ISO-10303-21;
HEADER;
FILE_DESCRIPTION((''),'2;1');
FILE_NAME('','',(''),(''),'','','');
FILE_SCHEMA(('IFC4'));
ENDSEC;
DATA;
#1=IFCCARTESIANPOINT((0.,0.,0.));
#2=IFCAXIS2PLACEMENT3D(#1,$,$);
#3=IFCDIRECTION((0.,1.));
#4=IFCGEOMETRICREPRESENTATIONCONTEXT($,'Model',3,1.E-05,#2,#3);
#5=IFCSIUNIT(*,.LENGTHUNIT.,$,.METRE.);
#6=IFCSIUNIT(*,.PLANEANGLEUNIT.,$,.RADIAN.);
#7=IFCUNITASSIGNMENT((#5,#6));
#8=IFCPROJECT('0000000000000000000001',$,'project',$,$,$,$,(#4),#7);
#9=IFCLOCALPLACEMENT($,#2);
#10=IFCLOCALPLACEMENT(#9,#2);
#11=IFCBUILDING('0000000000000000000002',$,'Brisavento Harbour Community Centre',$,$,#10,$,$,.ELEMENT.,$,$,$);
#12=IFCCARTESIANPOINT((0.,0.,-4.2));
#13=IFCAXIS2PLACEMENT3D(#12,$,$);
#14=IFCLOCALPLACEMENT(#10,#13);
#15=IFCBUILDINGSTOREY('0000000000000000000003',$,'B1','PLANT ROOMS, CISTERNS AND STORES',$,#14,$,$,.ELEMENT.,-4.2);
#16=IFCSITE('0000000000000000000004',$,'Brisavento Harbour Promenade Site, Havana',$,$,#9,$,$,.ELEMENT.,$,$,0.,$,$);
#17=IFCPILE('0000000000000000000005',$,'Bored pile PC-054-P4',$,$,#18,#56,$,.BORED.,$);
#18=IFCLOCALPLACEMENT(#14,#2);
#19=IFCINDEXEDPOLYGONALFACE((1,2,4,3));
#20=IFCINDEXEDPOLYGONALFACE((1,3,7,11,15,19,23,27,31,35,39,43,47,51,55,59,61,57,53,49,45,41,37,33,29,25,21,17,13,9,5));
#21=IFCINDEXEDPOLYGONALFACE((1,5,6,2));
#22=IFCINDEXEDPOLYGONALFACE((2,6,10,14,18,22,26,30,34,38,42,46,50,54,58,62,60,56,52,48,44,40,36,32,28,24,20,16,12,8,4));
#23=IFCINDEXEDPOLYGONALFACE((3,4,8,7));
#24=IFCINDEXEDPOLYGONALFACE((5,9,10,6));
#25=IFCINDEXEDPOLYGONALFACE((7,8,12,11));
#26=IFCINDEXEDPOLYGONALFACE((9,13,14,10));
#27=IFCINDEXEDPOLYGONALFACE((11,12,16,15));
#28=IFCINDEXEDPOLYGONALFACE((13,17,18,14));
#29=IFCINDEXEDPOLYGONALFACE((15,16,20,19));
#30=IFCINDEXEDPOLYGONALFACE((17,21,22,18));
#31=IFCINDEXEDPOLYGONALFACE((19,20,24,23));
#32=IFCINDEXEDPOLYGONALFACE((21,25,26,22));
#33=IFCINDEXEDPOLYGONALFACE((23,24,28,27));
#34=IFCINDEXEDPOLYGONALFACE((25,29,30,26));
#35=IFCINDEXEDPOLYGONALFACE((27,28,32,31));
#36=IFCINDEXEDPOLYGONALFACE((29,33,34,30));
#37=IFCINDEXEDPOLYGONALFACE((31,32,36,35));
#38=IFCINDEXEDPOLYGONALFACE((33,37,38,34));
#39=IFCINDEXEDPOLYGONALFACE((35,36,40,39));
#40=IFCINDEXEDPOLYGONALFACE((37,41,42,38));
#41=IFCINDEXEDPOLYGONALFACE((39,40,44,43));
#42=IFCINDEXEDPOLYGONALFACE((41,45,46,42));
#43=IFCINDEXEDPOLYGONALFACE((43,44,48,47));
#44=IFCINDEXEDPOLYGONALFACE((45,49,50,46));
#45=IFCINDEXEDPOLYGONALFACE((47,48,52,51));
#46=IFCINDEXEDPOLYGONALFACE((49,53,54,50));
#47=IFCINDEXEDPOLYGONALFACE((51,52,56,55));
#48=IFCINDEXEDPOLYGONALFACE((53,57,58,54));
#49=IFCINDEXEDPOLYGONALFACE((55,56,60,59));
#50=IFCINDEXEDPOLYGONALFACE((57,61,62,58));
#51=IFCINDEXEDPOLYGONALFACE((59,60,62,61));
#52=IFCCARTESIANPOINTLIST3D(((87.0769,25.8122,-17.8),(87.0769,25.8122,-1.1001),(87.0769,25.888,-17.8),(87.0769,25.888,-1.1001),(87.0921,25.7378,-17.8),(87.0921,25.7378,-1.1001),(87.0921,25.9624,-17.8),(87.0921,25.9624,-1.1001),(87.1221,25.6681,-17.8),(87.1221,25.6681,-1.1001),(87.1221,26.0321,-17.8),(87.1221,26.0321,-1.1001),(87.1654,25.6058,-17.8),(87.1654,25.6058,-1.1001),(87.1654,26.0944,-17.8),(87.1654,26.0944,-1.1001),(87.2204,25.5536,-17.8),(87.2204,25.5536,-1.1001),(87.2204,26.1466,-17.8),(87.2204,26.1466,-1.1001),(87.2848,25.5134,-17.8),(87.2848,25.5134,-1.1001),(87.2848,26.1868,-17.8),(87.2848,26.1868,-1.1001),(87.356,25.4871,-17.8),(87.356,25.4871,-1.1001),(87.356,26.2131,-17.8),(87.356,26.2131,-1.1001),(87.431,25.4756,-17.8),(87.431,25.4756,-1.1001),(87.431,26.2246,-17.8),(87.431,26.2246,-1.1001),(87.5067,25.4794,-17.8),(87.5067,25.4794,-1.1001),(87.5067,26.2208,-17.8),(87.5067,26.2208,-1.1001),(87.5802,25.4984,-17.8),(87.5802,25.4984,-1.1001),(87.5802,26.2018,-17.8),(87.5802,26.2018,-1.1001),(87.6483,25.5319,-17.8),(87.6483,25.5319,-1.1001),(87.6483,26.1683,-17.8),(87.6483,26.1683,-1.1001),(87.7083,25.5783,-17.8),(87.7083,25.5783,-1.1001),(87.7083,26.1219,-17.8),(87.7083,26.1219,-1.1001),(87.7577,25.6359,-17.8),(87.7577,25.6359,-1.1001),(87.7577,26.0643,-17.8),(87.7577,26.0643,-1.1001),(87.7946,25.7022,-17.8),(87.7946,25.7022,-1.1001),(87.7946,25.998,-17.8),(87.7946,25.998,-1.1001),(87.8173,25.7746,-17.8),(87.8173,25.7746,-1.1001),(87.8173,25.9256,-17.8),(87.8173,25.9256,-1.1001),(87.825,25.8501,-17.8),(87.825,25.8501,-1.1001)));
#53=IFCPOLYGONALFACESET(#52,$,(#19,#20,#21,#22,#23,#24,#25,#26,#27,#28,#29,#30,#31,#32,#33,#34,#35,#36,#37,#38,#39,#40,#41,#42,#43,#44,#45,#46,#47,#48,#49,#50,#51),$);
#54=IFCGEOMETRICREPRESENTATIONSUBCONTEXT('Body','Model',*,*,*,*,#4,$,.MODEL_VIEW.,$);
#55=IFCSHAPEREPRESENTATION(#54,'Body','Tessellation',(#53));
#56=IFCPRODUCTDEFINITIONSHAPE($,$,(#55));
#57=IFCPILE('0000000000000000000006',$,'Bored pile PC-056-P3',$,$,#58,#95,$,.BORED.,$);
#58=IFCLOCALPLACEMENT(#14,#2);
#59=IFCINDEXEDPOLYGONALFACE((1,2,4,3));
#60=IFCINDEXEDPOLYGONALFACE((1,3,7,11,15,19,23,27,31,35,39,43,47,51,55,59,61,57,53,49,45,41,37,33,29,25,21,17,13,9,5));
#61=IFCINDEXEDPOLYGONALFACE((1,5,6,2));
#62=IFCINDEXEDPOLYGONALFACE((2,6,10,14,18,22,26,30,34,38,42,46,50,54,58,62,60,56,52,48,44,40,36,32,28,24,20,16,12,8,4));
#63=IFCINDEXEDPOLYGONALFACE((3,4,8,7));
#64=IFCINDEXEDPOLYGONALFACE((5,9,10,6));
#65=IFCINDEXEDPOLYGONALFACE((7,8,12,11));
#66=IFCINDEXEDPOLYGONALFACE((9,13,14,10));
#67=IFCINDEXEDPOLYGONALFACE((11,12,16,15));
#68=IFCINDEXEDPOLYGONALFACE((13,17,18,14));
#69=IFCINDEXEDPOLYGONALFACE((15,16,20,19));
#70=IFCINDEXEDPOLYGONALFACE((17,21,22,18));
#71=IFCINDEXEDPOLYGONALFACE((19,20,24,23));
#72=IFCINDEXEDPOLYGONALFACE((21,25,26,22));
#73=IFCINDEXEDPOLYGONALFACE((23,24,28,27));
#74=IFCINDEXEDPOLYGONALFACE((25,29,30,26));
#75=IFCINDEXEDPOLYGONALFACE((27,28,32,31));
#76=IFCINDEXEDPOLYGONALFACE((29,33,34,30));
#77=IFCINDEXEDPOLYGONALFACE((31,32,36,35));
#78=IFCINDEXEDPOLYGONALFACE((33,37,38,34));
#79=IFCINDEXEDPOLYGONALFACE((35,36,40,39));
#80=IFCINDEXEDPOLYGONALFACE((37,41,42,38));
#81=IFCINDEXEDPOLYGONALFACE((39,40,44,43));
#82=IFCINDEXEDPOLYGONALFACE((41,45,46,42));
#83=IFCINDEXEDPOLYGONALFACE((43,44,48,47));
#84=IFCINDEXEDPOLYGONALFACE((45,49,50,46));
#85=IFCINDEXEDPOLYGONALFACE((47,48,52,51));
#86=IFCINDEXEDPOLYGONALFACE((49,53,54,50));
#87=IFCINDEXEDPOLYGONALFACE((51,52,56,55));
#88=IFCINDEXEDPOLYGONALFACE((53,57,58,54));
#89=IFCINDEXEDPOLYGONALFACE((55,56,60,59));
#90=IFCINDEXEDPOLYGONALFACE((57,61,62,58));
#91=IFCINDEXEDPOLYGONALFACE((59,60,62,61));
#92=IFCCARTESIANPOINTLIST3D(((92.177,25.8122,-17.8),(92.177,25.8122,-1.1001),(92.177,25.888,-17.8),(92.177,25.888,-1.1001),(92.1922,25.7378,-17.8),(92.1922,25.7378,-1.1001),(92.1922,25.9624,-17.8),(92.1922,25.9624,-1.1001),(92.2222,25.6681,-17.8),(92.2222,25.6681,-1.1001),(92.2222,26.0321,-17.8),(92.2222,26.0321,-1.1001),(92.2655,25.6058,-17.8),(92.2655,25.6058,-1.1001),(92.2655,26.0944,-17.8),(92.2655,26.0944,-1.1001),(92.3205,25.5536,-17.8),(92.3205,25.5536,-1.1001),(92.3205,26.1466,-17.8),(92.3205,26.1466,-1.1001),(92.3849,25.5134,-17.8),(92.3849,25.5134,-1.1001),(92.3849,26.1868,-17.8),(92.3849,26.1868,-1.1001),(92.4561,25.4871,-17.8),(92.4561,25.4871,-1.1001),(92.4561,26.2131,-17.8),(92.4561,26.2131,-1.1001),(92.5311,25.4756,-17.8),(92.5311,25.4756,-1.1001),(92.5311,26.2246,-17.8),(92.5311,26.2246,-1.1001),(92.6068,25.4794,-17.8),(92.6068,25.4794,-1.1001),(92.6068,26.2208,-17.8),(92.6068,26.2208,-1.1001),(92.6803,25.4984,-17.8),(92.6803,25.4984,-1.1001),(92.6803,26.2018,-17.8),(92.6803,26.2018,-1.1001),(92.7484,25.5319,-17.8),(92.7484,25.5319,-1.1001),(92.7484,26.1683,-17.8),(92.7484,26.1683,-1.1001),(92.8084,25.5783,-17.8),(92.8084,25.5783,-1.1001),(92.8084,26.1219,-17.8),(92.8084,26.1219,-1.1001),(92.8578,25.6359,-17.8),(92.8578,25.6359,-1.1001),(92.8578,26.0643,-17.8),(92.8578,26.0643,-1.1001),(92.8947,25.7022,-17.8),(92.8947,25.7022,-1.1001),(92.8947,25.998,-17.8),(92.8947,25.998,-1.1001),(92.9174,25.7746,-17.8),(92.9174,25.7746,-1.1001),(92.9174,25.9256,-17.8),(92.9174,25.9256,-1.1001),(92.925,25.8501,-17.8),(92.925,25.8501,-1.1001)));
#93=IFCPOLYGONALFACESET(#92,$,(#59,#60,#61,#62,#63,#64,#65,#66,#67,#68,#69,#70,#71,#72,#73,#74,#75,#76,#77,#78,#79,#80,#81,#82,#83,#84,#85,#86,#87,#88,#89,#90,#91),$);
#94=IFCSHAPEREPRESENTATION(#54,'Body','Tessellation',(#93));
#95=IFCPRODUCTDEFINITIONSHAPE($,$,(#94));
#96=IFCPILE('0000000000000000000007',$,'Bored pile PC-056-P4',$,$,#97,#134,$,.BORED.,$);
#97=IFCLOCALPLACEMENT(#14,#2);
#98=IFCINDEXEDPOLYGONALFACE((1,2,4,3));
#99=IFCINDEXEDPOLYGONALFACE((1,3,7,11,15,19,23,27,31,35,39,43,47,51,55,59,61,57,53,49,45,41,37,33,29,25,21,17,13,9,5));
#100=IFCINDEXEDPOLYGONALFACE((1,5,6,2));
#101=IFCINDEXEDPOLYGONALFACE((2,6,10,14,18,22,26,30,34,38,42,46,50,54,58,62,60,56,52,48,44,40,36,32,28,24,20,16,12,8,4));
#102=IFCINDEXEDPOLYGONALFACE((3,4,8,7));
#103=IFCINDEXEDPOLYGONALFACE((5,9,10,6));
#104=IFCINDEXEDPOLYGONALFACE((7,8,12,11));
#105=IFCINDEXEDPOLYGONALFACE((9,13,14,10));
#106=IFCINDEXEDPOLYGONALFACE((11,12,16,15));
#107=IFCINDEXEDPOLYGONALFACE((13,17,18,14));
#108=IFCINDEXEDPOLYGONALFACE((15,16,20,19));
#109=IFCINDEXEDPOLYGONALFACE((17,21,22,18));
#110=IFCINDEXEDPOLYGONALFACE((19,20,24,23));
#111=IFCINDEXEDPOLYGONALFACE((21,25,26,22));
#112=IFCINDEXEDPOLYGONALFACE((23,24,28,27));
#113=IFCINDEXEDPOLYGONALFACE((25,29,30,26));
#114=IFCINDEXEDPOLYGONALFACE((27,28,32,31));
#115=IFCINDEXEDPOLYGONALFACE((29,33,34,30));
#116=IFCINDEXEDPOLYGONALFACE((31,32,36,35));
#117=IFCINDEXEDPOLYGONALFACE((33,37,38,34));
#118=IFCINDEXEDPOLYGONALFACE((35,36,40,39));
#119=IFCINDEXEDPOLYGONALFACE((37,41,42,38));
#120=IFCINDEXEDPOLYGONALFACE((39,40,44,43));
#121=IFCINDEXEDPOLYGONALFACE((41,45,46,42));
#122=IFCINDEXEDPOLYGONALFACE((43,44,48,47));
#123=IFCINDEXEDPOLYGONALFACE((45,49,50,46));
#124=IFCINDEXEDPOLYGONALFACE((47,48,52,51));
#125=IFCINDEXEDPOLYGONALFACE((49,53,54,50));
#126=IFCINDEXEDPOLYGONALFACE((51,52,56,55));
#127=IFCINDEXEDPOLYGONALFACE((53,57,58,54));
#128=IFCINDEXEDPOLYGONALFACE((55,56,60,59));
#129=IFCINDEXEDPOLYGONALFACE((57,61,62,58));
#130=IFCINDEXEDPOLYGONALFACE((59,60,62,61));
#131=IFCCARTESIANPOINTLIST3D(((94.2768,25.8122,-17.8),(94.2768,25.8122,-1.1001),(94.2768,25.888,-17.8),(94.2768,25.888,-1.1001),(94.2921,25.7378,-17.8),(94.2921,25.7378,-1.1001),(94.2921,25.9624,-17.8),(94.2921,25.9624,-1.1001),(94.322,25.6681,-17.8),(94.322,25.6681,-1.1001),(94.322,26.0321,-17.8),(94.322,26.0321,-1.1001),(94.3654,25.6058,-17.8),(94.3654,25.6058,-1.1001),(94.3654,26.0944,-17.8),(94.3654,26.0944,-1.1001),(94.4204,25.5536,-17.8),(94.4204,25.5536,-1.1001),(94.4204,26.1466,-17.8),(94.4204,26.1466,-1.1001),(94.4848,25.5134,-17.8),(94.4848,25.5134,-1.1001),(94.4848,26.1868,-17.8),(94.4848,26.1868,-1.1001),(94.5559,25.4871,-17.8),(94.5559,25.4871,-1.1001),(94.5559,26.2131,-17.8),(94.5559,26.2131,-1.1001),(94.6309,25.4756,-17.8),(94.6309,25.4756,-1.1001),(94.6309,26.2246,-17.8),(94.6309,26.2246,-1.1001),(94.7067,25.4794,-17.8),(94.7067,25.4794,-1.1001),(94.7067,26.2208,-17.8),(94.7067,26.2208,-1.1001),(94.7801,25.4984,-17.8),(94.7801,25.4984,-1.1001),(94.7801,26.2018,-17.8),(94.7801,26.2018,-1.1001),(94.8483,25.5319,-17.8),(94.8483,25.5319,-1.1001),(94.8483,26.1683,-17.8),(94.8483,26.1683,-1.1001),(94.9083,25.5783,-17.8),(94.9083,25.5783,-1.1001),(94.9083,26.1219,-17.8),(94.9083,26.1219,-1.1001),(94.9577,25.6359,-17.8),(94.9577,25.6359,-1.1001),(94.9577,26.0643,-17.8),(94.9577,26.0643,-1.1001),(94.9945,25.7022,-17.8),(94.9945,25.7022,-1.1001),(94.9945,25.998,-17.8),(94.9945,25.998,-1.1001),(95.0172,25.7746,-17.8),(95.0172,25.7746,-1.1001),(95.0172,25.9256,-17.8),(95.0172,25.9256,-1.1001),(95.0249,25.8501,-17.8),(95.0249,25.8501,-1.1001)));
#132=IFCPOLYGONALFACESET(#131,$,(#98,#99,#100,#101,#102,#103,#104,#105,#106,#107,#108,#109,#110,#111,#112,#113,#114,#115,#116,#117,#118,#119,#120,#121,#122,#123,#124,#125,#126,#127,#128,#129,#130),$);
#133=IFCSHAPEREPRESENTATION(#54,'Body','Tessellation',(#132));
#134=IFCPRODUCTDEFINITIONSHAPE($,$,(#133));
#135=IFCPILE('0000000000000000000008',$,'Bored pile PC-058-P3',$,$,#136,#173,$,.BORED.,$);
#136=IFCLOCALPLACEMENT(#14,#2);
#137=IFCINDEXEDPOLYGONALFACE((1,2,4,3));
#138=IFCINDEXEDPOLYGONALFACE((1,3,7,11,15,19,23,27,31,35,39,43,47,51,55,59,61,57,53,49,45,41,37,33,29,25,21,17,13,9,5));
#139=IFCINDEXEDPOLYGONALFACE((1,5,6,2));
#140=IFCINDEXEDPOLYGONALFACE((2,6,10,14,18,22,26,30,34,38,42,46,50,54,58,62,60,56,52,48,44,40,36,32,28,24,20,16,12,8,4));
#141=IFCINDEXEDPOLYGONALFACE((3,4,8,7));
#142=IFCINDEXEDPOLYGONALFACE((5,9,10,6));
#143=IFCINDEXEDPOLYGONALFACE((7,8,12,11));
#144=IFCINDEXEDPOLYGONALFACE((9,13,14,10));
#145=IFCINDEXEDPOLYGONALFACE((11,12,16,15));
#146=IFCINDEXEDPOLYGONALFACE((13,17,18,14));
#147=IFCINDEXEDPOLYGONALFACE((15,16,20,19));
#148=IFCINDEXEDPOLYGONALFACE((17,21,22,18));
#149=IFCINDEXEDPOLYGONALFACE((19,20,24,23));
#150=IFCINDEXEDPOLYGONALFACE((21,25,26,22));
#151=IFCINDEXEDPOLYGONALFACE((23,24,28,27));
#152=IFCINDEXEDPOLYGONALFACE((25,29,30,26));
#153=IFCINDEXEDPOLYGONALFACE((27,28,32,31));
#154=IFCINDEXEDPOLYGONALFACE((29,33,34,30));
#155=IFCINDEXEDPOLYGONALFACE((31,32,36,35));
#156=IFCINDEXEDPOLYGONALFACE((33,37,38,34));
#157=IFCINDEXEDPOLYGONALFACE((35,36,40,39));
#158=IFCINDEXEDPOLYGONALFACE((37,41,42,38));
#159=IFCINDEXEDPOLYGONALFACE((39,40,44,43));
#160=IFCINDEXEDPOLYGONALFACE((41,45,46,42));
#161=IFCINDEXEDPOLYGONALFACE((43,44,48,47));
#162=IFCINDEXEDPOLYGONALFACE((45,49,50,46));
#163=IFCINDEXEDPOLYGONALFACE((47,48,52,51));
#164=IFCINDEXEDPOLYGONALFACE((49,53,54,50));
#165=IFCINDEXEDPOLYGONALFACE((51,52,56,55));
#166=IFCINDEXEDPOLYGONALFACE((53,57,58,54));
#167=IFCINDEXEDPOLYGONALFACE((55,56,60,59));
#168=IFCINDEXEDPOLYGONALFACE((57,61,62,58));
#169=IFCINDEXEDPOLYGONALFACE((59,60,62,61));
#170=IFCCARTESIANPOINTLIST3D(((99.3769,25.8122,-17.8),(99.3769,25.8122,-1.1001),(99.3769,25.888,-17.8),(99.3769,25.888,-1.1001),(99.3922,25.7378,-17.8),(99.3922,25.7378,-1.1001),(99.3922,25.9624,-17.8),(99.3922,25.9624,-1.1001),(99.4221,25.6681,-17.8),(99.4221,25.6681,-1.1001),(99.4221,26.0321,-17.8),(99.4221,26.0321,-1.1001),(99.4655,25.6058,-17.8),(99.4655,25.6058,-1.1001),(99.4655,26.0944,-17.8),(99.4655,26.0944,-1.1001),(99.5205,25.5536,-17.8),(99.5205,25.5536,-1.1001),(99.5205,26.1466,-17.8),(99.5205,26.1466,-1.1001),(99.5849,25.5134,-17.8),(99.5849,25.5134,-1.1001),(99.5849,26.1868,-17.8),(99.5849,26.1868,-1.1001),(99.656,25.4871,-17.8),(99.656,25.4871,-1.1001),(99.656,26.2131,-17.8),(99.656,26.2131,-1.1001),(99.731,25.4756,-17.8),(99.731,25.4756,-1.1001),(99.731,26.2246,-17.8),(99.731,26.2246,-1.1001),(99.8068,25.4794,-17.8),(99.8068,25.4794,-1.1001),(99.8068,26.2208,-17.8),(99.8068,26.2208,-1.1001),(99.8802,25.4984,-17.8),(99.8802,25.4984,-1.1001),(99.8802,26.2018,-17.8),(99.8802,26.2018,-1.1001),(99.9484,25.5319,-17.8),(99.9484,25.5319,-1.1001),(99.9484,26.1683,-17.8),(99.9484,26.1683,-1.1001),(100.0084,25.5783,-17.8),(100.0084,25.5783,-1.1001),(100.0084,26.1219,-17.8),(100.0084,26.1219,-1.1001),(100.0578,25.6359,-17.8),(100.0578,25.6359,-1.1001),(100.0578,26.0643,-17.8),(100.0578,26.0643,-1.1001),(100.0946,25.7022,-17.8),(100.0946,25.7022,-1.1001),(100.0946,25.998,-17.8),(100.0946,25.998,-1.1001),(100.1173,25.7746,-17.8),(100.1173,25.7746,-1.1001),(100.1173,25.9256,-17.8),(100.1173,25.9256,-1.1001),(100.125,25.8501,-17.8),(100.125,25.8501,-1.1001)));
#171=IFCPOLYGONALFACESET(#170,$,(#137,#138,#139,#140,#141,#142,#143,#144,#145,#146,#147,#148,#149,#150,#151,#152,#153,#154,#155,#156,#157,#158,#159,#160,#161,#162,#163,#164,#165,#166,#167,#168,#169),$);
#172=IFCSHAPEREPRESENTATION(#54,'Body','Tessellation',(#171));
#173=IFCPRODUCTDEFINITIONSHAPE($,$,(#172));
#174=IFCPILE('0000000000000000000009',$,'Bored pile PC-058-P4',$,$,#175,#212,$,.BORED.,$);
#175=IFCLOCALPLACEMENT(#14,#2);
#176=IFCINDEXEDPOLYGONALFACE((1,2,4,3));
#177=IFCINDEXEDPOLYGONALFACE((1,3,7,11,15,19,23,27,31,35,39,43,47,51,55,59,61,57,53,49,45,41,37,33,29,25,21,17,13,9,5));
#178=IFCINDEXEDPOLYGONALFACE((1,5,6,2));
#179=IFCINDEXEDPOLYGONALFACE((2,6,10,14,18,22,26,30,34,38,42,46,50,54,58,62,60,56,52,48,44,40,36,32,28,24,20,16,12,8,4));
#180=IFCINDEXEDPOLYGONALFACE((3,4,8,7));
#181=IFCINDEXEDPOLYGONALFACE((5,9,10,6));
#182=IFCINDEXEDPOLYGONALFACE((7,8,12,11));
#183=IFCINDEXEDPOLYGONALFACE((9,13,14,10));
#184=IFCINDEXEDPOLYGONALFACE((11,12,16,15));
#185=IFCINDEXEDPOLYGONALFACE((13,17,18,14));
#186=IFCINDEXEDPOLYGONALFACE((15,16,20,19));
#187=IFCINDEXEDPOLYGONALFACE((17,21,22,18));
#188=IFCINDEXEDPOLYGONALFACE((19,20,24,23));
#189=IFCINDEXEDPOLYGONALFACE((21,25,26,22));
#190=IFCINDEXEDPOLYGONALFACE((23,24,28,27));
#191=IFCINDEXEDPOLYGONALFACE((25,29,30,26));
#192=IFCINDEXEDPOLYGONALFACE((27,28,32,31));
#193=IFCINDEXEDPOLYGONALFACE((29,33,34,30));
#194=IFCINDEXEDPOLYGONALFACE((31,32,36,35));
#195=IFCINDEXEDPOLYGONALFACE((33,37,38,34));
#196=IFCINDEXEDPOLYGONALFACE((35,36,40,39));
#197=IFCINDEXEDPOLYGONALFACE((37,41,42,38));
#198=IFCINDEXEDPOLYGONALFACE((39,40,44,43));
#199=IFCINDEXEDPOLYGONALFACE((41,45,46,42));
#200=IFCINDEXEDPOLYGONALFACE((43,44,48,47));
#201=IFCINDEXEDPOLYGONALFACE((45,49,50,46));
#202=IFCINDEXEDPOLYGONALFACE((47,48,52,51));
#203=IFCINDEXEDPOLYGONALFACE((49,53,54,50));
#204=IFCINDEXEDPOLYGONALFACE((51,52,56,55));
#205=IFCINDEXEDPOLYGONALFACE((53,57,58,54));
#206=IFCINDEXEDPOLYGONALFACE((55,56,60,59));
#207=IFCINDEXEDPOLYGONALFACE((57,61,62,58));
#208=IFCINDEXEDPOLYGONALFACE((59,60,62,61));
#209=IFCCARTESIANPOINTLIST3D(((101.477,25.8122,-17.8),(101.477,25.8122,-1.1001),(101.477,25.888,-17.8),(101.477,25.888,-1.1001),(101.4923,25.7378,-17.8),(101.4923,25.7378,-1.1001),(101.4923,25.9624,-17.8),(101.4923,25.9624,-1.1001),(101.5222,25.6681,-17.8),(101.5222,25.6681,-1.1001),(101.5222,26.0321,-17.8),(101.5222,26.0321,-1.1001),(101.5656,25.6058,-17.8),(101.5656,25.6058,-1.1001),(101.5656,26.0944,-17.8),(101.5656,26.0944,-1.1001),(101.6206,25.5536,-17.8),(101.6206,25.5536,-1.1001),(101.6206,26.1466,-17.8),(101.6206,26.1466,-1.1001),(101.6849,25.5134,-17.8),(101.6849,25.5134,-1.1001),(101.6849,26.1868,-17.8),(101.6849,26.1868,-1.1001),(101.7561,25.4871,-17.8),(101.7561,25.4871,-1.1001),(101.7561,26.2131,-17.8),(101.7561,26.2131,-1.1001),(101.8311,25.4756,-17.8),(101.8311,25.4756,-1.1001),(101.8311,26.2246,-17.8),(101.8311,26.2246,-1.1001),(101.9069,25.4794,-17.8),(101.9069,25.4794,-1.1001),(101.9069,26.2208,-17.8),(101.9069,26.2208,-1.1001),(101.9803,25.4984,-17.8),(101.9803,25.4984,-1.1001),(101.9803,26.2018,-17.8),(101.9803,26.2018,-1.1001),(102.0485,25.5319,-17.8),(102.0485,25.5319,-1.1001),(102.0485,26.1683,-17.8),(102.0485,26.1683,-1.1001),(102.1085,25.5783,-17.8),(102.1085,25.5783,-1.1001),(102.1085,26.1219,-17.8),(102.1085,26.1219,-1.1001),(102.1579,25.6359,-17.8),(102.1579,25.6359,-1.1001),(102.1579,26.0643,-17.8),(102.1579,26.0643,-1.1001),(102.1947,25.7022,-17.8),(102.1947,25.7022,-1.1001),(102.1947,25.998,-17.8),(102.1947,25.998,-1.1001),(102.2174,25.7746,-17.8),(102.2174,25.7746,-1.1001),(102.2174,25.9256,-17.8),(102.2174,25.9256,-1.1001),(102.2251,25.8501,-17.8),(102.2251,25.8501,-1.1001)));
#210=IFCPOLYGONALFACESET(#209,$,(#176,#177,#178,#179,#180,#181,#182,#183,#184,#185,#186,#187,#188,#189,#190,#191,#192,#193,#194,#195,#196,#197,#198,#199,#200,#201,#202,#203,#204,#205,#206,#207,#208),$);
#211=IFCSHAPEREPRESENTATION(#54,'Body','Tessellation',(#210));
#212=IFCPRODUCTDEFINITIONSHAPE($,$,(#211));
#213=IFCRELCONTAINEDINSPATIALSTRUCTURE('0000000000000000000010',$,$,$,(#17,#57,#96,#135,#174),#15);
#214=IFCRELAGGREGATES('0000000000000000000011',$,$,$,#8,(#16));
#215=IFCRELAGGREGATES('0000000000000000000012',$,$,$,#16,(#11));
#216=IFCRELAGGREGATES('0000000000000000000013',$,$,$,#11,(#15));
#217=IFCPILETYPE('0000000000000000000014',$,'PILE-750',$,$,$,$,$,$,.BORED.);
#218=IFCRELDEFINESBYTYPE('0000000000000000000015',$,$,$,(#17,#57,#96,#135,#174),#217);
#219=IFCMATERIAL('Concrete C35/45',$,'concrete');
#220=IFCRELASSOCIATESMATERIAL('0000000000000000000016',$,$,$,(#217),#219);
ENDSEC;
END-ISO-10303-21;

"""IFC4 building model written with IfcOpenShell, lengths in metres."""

from ifc_helpers import new_model, si_unit, direction, frame, origin, origin_2d, place, context, subcontext, project, spatial, circle, extrude, material, material_profile, profile_set, type_object, element, save


model = new_model("IFC4")

# Units and contexts
model_context = context("Model", 3, precision=1e-05, world=origin(), true_north=direction((0.0, 1.0)))
body_context = subcontext(model_context, "Body", "Model", "MODEL_VIEW")
ifc_project = project(units=[si_unit("LENGTHUNIT", "METRE"), si_unit("PLANEANGLEUNIT", "RADIAN")], contexts=[model_context])

# Site, building, storey
site_placement = place(None, origin())
site = spatial("IfcSite", under=ifc_project, at=site_placement, Name="Brisavento Harbour Promenade Site, Havana", CompositionType="ELEMENT", RefElevation=0.0)
building_placement = place(site_placement, origin())
building = spatial("IfcBuilding", under=site, at=building_placement, Name="Brisavento Harbour Community Centre", CompositionType="ELEMENT")
storey_placement = place(building_placement, frame((0.0, 0.0, -4.2)))
storey = spatial("IfcBuildingStorey", under=building, at=storey_placement, Name="B1", Description="PLANT ROOMS, CISTERNS AND STORES", CompositionType="ELEMENT", Elevation=-4.2)

# Shared definitions
ifc_material_1 = material(Name="Concrete C35/45", Category="concrete")

# Piles
ifc_material_profile_1 = material_profile(ifc_material_1, circle(Radius=0.375, at=origin_2d()), Name="Concrete C35/45")
ifc_profile_set_1 = profile_set([ifc_material_profile_1], Name="Concrete C35/45")
pile_type = type_object("IfcPileType", Name="PILE-750", PredefinedType="BORED", material=ifc_profile_set_1)
for number, where, z_axis, x_axis, name in (
    (1, (87.45, 25.8501, -1.1001), (0.0, 0.0, -1.0), (1.0, 0.0, 0.0), "Bored pile PC-054-P4"),
    (2, (92.55, 25.8501, -1.1001), (0.0, 0.0, -1.0), (1.0, 0.0, 0.0), "Bored pile PC-056-P3"),
    (3, (94.6499, 25.8501, -1.1001), (0.0, 0.0, -1.0), (1.0, 0.0, 0.0), "Bored pile PC-056-P4"),
    (4, (99.75, 25.8501, -1.1001), (0.0, 0.0, -1.0), (1.0, 0.0, 0.0), "Bored pile PC-058-P3"),
    (5, (101.8501, 25.8501, -1.1001), (0.0, 0.0, -1.0), (1.0, 0.0, 0.0), "Bored pile PC-058-P4"),
):
    element("IfcPile", number, at=place(storey_placement, frame(where, z_axis=z_axis, x_axis=x_axis)), inside=storey, type_object=pile_type, Name=name, PredefinedType="BORED", context=body_context, shape_type="SweptSolid", body=[
        extrude(circle(Radius=0.375, at=origin_2d()), origin(), (0.0, 0.0, 1.0), 16.7),
    ])

save(model, "model.ifc")
